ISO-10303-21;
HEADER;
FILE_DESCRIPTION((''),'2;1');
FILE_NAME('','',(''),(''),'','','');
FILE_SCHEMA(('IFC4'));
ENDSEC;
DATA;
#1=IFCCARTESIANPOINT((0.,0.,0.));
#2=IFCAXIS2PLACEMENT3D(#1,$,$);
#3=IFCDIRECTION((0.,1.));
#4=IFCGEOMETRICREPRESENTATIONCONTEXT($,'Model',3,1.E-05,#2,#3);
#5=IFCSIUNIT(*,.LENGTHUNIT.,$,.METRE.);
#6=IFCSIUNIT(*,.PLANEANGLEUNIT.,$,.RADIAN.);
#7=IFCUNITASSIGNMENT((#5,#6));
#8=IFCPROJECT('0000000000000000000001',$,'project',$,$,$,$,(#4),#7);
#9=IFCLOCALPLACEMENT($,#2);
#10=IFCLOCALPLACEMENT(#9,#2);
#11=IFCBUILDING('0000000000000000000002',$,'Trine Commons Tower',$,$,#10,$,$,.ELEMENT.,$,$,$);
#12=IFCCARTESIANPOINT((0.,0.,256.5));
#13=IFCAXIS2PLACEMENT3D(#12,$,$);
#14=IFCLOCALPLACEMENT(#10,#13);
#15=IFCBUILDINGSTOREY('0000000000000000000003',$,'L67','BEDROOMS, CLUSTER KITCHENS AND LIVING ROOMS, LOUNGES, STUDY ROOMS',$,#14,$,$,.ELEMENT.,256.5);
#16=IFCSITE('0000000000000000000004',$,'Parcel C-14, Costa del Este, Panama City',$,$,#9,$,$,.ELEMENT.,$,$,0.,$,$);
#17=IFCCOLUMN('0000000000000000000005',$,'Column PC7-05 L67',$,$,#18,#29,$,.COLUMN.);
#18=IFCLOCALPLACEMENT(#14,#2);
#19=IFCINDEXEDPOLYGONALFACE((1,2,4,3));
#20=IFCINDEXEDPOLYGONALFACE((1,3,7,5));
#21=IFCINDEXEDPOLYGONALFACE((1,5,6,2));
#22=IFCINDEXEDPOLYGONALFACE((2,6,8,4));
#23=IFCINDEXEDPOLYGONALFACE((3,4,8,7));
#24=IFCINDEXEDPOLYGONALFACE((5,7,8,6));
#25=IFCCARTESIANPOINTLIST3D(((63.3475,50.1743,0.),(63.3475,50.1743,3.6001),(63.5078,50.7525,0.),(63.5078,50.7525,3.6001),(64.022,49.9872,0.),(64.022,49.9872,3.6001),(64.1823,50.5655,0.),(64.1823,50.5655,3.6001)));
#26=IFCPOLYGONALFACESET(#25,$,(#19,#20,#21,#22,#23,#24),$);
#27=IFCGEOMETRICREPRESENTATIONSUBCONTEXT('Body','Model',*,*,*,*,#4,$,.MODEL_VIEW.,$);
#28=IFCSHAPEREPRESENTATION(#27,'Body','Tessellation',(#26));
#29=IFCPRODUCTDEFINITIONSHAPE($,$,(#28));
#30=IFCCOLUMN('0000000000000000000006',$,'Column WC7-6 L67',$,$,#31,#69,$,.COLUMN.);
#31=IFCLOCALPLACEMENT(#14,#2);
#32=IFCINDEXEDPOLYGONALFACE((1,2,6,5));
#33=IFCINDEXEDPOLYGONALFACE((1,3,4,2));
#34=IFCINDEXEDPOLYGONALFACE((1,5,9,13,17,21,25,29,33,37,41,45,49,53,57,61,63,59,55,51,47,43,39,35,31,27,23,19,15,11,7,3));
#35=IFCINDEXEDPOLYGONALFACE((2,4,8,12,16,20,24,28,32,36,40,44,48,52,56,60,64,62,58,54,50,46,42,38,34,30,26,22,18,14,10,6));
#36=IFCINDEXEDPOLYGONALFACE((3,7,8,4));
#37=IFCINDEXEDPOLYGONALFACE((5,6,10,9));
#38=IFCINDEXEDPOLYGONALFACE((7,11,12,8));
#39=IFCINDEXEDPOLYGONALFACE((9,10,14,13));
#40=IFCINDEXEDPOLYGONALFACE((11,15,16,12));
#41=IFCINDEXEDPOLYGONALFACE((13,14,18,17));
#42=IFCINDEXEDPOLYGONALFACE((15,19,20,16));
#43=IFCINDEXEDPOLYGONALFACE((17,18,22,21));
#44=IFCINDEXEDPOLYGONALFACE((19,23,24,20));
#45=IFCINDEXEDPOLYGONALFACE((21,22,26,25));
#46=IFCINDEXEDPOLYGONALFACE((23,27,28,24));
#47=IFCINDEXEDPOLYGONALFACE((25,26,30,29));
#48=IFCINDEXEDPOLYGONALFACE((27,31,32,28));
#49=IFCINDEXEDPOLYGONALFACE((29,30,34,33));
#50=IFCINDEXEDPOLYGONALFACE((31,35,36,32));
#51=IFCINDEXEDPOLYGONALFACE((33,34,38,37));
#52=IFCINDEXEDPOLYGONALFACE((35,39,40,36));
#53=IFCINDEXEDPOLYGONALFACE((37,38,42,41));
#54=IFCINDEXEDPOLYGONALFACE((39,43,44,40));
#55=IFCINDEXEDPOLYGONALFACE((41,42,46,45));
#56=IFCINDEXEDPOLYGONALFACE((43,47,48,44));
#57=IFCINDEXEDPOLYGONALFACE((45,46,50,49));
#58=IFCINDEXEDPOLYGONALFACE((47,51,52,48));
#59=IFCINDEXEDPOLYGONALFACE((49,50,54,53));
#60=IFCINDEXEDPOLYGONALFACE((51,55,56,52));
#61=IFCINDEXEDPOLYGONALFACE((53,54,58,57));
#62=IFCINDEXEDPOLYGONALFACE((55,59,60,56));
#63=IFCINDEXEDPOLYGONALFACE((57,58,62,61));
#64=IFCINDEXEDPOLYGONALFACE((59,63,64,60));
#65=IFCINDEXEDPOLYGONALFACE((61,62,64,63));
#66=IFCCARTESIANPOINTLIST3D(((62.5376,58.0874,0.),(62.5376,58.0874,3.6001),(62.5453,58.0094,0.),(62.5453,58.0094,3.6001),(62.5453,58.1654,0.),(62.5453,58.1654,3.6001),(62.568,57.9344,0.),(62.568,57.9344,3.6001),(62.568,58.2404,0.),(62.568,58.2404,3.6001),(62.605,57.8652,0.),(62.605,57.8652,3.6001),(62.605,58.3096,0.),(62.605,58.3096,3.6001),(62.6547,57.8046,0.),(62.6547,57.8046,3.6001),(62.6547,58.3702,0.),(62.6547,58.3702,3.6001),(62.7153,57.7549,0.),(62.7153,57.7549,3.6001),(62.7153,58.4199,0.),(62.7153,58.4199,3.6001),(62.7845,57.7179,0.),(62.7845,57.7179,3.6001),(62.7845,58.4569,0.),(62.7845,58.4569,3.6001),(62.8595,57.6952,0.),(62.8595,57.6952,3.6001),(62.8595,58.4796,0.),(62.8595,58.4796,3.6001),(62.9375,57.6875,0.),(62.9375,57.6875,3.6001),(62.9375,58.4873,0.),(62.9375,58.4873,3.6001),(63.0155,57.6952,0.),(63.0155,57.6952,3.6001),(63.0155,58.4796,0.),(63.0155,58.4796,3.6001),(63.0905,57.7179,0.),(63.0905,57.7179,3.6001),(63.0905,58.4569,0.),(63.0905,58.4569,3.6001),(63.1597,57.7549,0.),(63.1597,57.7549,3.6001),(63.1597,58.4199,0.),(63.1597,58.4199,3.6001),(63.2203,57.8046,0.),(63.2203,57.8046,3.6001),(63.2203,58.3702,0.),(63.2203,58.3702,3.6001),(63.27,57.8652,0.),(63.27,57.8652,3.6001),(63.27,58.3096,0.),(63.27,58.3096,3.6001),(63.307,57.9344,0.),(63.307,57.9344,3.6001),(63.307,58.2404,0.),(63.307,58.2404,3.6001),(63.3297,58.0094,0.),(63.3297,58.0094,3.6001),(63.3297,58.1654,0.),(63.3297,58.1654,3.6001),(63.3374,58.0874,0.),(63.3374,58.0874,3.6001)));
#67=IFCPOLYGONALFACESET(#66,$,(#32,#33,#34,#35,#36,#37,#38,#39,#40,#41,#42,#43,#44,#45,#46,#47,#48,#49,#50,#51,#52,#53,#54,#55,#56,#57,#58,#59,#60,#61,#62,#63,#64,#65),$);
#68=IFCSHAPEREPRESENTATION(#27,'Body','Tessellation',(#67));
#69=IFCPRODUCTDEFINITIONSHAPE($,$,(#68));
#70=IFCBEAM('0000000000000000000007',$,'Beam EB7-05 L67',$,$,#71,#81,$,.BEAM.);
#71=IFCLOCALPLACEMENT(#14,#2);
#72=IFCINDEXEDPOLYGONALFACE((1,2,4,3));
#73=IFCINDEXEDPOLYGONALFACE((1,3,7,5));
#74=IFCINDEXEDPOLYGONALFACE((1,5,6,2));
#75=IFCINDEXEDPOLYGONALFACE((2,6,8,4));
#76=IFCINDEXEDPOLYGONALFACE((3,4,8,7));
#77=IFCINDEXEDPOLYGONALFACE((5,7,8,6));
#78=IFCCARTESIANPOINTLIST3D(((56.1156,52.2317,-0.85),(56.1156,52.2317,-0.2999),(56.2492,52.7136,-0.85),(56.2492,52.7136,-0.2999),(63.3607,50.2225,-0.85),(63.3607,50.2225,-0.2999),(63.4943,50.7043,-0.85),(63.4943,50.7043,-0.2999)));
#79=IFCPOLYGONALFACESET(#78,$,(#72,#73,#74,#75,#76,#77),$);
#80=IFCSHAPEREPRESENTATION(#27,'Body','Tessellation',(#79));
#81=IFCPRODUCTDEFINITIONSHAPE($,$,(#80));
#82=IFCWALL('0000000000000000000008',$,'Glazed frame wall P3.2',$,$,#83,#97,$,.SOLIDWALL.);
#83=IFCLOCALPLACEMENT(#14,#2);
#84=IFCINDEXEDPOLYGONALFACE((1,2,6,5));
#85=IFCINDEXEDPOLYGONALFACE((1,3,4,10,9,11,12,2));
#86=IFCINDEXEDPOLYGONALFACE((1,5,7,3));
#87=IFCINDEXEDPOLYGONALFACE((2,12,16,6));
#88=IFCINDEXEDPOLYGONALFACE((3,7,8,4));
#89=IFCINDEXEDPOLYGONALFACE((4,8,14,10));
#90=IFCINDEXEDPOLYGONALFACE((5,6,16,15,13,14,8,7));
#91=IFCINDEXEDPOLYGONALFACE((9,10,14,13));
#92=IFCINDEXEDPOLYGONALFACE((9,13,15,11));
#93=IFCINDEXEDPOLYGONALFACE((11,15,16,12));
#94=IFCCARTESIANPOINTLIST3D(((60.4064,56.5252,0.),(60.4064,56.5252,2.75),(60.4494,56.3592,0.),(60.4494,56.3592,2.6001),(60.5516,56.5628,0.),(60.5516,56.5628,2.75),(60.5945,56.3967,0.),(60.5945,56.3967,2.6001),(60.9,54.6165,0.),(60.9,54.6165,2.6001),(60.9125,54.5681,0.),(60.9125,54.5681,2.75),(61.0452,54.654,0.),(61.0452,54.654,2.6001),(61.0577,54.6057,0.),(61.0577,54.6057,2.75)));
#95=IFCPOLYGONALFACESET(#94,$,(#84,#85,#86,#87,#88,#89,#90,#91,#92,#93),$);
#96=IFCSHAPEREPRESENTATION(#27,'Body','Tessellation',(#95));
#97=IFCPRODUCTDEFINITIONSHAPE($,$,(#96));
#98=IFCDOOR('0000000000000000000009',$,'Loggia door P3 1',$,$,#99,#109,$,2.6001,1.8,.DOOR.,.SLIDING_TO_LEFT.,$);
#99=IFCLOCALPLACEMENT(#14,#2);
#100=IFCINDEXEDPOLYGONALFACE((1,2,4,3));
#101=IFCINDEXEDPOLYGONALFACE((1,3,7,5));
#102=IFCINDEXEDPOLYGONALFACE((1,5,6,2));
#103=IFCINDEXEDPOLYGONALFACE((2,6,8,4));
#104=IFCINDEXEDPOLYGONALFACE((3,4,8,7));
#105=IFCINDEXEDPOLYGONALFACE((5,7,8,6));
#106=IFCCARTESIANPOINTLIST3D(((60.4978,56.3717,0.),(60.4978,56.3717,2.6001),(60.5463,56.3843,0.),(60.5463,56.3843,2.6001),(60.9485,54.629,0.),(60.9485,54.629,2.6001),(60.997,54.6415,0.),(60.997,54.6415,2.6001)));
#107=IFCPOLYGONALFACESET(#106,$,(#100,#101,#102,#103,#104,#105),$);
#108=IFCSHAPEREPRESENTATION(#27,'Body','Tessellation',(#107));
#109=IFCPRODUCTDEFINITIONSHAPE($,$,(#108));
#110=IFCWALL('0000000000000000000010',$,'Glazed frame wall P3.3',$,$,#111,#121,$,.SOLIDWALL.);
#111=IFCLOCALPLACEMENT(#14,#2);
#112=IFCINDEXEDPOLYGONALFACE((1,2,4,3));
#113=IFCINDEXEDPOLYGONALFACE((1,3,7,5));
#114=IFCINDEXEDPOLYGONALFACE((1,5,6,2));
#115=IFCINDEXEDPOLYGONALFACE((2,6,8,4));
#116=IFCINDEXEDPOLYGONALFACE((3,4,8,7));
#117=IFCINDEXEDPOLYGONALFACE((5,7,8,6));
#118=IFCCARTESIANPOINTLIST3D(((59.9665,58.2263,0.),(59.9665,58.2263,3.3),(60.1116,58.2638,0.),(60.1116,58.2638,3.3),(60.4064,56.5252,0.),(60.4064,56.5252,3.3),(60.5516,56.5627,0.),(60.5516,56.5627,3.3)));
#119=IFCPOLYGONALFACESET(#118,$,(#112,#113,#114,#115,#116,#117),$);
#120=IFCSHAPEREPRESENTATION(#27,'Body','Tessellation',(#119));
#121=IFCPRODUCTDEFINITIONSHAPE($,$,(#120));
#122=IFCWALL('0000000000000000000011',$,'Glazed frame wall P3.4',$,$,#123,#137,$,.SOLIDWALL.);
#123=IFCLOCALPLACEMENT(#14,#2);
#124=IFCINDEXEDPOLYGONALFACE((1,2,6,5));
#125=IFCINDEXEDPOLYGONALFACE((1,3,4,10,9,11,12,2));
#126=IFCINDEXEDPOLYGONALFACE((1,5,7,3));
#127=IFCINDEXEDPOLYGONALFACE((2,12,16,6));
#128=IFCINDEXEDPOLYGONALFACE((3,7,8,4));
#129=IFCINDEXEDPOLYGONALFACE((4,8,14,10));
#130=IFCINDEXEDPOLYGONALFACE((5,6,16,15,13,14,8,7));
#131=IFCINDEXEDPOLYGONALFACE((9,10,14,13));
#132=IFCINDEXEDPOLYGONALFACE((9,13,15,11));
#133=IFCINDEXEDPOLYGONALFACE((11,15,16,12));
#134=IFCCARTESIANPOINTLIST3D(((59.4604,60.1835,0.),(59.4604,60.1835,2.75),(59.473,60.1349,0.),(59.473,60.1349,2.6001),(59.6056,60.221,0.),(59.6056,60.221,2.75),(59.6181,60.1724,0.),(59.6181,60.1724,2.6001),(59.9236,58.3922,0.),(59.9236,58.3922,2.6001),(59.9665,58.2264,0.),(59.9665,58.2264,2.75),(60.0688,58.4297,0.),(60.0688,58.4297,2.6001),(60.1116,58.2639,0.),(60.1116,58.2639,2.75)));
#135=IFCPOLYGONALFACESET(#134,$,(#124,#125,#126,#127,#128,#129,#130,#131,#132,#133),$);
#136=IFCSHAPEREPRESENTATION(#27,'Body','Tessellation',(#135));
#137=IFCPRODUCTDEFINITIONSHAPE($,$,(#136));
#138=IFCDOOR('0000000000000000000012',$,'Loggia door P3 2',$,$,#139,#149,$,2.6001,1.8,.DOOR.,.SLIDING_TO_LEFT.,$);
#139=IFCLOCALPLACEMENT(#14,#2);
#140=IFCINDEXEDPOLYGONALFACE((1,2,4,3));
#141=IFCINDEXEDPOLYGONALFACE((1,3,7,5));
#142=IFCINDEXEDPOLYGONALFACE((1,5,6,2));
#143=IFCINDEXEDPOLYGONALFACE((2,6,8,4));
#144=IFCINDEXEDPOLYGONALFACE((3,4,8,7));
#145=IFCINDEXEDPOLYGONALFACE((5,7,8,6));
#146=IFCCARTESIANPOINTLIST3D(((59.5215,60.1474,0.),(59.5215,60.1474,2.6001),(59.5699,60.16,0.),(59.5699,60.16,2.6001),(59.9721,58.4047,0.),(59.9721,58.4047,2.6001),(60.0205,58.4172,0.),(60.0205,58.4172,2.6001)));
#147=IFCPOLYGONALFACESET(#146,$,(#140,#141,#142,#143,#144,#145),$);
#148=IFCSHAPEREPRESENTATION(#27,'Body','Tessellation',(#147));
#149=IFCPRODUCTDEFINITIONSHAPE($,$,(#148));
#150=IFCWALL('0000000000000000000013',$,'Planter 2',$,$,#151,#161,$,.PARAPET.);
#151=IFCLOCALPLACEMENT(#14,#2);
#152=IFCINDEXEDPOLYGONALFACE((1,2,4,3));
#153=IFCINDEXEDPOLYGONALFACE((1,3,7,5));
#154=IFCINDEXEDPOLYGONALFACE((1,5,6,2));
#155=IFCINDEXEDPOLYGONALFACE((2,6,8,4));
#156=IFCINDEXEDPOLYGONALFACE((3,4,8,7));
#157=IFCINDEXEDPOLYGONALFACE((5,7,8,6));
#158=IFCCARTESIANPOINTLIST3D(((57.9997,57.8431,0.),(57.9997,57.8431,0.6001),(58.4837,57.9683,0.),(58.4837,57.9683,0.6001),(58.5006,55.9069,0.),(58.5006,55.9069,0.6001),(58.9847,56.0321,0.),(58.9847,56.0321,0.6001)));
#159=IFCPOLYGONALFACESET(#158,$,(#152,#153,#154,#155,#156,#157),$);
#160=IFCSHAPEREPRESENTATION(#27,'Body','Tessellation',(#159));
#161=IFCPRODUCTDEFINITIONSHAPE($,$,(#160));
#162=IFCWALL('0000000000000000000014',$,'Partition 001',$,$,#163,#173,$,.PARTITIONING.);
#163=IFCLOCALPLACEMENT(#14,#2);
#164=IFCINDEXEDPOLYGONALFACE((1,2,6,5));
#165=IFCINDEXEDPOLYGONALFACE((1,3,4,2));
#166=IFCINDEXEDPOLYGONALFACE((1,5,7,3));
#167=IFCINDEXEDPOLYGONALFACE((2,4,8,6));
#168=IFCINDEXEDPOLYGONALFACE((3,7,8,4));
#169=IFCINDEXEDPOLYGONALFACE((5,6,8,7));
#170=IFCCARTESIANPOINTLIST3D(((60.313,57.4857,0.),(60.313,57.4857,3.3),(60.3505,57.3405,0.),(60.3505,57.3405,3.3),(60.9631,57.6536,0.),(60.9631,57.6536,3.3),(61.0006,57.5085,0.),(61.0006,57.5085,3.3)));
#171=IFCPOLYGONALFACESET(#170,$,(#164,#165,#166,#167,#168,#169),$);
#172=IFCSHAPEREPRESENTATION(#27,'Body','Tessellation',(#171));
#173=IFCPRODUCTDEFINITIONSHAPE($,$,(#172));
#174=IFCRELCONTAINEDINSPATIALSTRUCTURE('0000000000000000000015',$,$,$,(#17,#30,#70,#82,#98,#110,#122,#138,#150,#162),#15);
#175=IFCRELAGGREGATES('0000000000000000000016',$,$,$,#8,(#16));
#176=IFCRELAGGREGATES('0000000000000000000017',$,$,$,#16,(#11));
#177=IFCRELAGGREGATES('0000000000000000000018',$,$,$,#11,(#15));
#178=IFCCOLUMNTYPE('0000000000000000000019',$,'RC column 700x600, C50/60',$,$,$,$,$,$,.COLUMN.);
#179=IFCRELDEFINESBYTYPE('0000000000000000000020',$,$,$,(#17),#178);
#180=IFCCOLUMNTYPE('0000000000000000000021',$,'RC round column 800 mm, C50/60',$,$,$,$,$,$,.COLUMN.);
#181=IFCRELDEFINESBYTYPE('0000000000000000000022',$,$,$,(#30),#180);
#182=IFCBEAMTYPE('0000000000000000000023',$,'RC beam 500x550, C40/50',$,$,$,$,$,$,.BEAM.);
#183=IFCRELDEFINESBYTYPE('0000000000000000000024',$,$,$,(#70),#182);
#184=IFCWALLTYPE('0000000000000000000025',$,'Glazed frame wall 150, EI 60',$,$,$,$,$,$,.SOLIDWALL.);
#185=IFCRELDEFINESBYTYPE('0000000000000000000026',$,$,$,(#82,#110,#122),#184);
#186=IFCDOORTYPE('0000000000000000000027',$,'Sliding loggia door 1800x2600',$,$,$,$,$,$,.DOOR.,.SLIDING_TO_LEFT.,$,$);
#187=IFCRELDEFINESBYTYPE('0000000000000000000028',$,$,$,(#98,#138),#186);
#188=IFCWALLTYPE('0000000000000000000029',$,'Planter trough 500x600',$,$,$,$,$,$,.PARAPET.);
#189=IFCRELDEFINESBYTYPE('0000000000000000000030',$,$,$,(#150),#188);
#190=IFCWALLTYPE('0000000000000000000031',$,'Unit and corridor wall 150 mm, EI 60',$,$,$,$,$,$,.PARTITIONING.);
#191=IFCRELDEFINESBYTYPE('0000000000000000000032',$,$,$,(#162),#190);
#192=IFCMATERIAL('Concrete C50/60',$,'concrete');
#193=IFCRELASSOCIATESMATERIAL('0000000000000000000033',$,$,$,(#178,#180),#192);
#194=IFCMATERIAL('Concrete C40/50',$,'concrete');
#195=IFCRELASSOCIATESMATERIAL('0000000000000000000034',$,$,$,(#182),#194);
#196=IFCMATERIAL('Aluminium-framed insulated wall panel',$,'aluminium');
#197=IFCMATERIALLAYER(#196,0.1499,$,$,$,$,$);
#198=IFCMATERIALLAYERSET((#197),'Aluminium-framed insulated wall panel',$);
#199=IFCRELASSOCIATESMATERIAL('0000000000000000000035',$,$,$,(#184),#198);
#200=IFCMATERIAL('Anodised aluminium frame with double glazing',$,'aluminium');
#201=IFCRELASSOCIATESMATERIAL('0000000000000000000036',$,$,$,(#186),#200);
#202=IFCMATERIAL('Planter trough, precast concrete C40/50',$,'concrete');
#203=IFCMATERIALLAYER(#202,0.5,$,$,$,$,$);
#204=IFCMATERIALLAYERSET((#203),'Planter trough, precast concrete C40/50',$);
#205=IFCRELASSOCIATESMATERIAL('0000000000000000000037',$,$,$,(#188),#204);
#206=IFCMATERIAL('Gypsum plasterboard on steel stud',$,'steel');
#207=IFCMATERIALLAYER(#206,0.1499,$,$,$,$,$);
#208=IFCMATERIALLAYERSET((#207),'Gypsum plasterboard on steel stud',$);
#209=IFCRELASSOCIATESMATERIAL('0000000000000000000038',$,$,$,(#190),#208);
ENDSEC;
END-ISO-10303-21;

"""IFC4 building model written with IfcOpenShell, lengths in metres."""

from ifc_helpers import new_model, si_unit, direction, frame, frame_2d, origin, origin_2d, place, context, subcontext, project, spatial, polyline, rectangle, circle, outline, extrude, material, layer, layer_set, material_profile, profile_set, type_object, element, fill, save


model = new_model("IFC4")

# Units and contexts
model_context = context("Model", 3, precision=1e-05, world=origin(), true_north=direction((0.0, 1.0)))
body_context = subcontext(model_context, "Body", "Model", "MODEL_VIEW")
ifc_project = project(units=[si_unit("LENGTHUNIT", "METRE"), si_unit("PLANEANGLEUNIT", "RADIAN")], contexts=[model_context])

# Site, building, storey
site_placement = place(None, origin())
site = spatial("IfcSite", under=ifc_project, at=site_placement, Name="Parcel C-14, Costa del Este, Panama City", CompositionType="ELEMENT", RefElevation=0.0)
building_placement = place(site_placement, origin())
building = spatial("IfcBuilding", under=site, at=building_placement, Name="Trine Commons Tower", CompositionType="ELEMENT")
storey_placement = place(building_placement, frame((0.0, 0.0, 256.5)))
storey = spatial("IfcBuildingStorey", under=building, at=storey_placement, Name="L67", Description="BEDROOMS, CLUSTER KITCHENS AND LIVING ROOMS, LOUNGES, STUDY ROOMS", CompositionType="ELEMENT", Elevation=256.5)

# Columns
ifc_material_1 = material(Name="Concrete C50/60", Category="concrete")
ifc_material_profile_1 = material_profile(ifc_material_1, rectangle(XDim=0.7, YDim=0.6001, at=origin_2d()), Name="RC 700x600")
ifc_profile_set_1 = profile_set([ifc_material_profile_1], Name="Concrete C50/60")
column_type_1 = type_object("IfcColumnType", Name="RC column 700x600, C50/60", PredefinedType="COLUMN", material=ifc_profile_set_1)
column_1_placement = place(storey_placement, frame((63.7649, 50.3699, 0.0), z_axis=(0.0, 0.0, 1.0), x_axis=(-0.96363, 0.267238, 0.0)))
element("IfcColumn", 1, at=column_1_placement, inside=storey, type_object=column_type_1, Name="Column PC7-05 L67", PredefinedType="COLUMN", context=body_context, shape_type="SweptSolid", body=[
    extrude(rectangle(XDim=0.7, YDim=0.6001, at=origin_2d()), origin(), (0.0, 0.0, 1.0), 3.6001),
])
ifc_material_profile_2 = material_profile(ifc_material_1, circle(Radius=0.3999, at=origin_2d()), Name="RC round 800")
ifc_profile_set_2 = profile_set([ifc_material_profile_2], Name="Concrete C50/60")
column_type_2 = type_object("IfcColumnType", Name="RC round column 800 mm, C50/60", PredefinedType="COLUMN", material=ifc_profile_set_2)
column_2_placement = place(storey_placement, frame((62.9375, 58.0874, 0.0), z_axis=(0.0, 0.0, 1.0), x_axis=(1.0, 0.0, 0.0)))
element("IfcColumn", 2, at=column_2_placement, inside=storey, type_object=column_type_2, Name="Column WC7-6 L67", PredefinedType="COLUMN", context=body_context, shape_type="SweptSolid", body=[
    extrude(circle(Radius=0.3999, at=origin_2d()), origin(), (0.0, 0.0, 1.0), 3.6001),
])

# Beam
ifc_material_2 = material(Name="Concrete C40/50", Category="concrete")
ifc_material_profile_3 = material_profile(ifc_material_2, rectangle(XDim=0.5, YDim=0.55, at=origin_2d()), Name="RC 500x550")
ifc_profile_set_3 = profile_set([ifc_material_profile_3], Name="Concrete C40/50")
beam_type = type_object("IfcBeamType", Name="RC beam 500x550, C40/50", PredefinedType="BEAM", material=ifc_profile_set_3)
beam_placement = place(storey_placement, frame((63.4275, 50.4634, -0.575), z_axis=(-0.963629, 0.267242, 0.0), x_axis=(-0.267242, -0.963629, 0.0)))
element("IfcBeam", 3, at=beam_placement, inside=storey, type_object=beam_type, Name="Beam EB7-05 L67", PredefinedType="BEAM", context=body_context, shape_type="SweptSolid", body=[
    extrude(rectangle(XDim=0.5, YDim=0.55, at=origin_2d()), origin(), (0.0, 0.0, 1.0), 7.5186),
])

# Shared definitions
ifc_material_3 = material(Name="Aluminium-framed insulated wall panel", Category="aluminium")
ifc_layer_1 = layer(ifc_material_3, 0.1499)
ifc_layer_set_1 = layer_set([ifc_layer_1], Name="Aluminium-framed insulated wall panel")
wall_type_1 = type_object("IfcWallType", Name="Glazed frame wall 150, EI 60", PredefinedType="SOLIDWALL", material=ifc_layer_set_1)

# Wall, opening, door
wall_1_placement = place(storey_placement, frame((60.9851, 54.5869, 0.0), z_axis=(0.0, 0.0, 1.0), x_axis=(-0.250371, 0.96815, 0.0)))
wall_1 = element("IfcWall", 4, at=wall_1_placement, inside=storey, type_object=wall_type_1, Name="Glazed frame wall P3.2", PredefinedType="SOLIDWALL", context=body_context, shape_type="SweptSolid", body=[
    extrude(outline(polyline([(0.0, -0.075), (2.0215, -0.075), (2.0215, 0.075), (0.0, 0.075), (0.0, -0.075)])), origin(), (0.0, 0.0, 1.0), 2.75),
])
opening_1_placement = place(wall_1_placement, frame((0.05, 0.0, 0.0)))
opening_1 = element("IfcOpeningElement", 5, at=opening_1_placement, cuts=wall_1, PredefinedType="OPENING", context=body_context, shape_type="SweptSolid", body=[
    extrude(rectangle(XDim=1.8, YDim=2.6001, at=frame_2d((0.8999, 1.3))), frame((0.0, 0.085, 0.0), z_axis=(0.0, -1.0, 0.0), x_axis=(1.0, 0.0, 0.0)), (0.0, 0.0, 1.0), 0.1699),
])
ifc_material_4 = material(Name="Anodised aluminium frame with double glazing", Category="aluminium")
door_type_1 = type_object("IfcDoorType", Name="Sliding loggia door 1800x2600", OperationType="SLIDING_TO_LEFT", PredefinedType="DOOR", material=ifc_material_4)
door_1_placement = place(opening_1_placement, origin())
door_1 = element("IfcDoor", 6, at=door_1_placement, inside=storey, type_object=door_type_1, Name="Loggia door P3 1", OperationType="SLIDING_TO_LEFT", OverallHeight=2.6001, OverallWidth=1.8, PredefinedType="DOOR", context=body_context, shape_type="SweptSolid", body=[
    extrude(rectangle(XDim=1.8, YDim=2.6001, at=frame_2d((0.8999, 1.3))), frame((0.0, 0.0249, 0.0), z_axis=(0.0, -1.0, 0.0), x_axis=(1.0, 0.0, 0.0)), (0.0, 0.0, 1.0), 0.05),
])
fill(opening_1, door_1)

# Wall
wall_2_placement = place(storey_placement, frame((60.479, 56.5439, 0.0), z_axis=(0.0, 0.0, 1.0), x_axis=(-0.250374, 0.968149, 0.0)))
element("IfcWall", 7, at=wall_2_placement, inside=storey, type_object=wall_type_1, Name="Glazed frame wall P3.3", PredefinedType="SOLIDWALL", context=body_context, shape_type="SweptSolid", body=[
    extrude(outline(polyline([(0.0, -0.075), (1.7571, -0.075), (1.7571, 0.075), (0.0, 0.075), (0.0, -0.075)])), origin(), (0.0, 0.0, 1.0), 3.3),
])

# Wall, opening, door
wall_3_placement = place(storey_placement, frame((60.0391, 58.2451, 0.0), z_axis=(0.0, 0.0, 1.0), x_axis=(-0.250342, 0.968158, 0.0)))
wall_3 = element("IfcWall", 8, at=wall_3_placement, inside=storey, type_object=wall_type_1, Name="Glazed frame wall P3.4", PredefinedType="SOLIDWALL", context=body_context, shape_type="SweptSolid", body=[
    extrude(outline(polyline([(0.0, -0.075), (2.0215, -0.075), (2.0215, 0.075), (0.0, 0.075), (0.0, -0.075)])), origin(), (0.0, 0.0, 1.0), 2.75),
])
opening_2_placement = place(wall_3_placement, frame((0.1714, 0.0, 0.0)))
opening_2 = element("IfcOpeningElement", 9, at=opening_2_placement, cuts=wall_3, PredefinedType="OPENING", context=body_context, shape_type="SweptSolid", body=[
    extrude(rectangle(XDim=1.8, YDim=2.6001, at=frame_2d((0.8999, 1.3))), frame((0.0, 0.085, 0.0), z_axis=(0.0, -1.0, 0.0), x_axis=(1.0, 0.0, 0.0)), (0.0, 0.0, 1.0), 0.1699),
])
door_2_placement = place(opening_2_placement, origin())
door_2 = element("IfcDoor", 10, at=door_2_placement, inside=storey, type_object=door_type_1, Name="Loggia door P3 2", OperationType="SLIDING_TO_LEFT", OverallHeight=2.6001, OverallWidth=1.8, PredefinedType="DOOR", context=body_context, shape_type="SweptSolid", body=[
    extrude(rectangle(XDim=1.8, YDim=2.6001, at=frame_2d((0.8999, 1.3))), frame((0.0, 0.0249, 0.0), z_axis=(0.0, -1.0, 0.0), x_axis=(1.0, 0.0, 0.0)), (0.0, 0.0, 1.0), 0.05),
])
fill(opening_2, door_2)

# Walls
ifc_material_5 = material(Name="Planter trough, precast concrete C40/50", Category="concrete")
ifc_layer_2 = layer(ifc_material_5, 0.5)
ifc_layer_set_2 = layer_set([ifc_layer_2], Name="Planter trough, precast concrete C40/50")
wall_type_2 = type_object("IfcWallType", Name="Planter trough 500x600", PredefinedType="PARAPET", material=ifc_layer_set_2)
wall_4_placement = place(storey_placement, frame((58.7427, 55.9695, 0.0), z_axis=(0.0, 0.0, 1.0), x_axis=(-0.250483, 0.968121, 0.0)))
element("IfcWall", 11, at=wall_4_placement, inside=storey, type_object=wall_type_2, Name="Planter 2", PredefinedType="PARAPET", context=body_context, shape_type="SweptSolid", body=[
    extrude(rectangle(XDim=2.0, YDim=0.5, at=frame_2d((1.0, 0.0))), origin(), (0.0, 0.0, 1.0), 0.6001),
])
ifc_material_6 = material(Name="Gypsum plasterboard on steel stud", Category="steel")
ifc_layer_3 = layer(ifc_material_6, 0.1499)
ifc_layer_set_3 = layer_set([ifc_layer_3], Name="Gypsum plasterboard on steel stud")
wall_type_3 = type_object("IfcWallType", Name="Unit and corridor wall 150 mm, EI 60", PredefinedType="PARTITIONING", material=ifc_layer_set_3)
wall_5_placement = place(storey_placement, frame((60.3318, 57.4131, 0.0), z_axis=(0.0, 0.0, 1.0), x_axis=(0.968209, 0.250142, 0.0)))
element("IfcWall", 12, at=wall_5_placement, inside=storey, type_object=wall_type_3, Name="Partition 001", PredefinedType="PARTITIONING", context=body_context, shape_type="SweptSolid", body=[
    extrude(rectangle(XDim=0.6714, YDim=0.1499, at=frame_2d((0.3357, 0.0))), origin(), (0.0, 0.0, 1.0), 3.3),
])

save(model, "model.ifc")
